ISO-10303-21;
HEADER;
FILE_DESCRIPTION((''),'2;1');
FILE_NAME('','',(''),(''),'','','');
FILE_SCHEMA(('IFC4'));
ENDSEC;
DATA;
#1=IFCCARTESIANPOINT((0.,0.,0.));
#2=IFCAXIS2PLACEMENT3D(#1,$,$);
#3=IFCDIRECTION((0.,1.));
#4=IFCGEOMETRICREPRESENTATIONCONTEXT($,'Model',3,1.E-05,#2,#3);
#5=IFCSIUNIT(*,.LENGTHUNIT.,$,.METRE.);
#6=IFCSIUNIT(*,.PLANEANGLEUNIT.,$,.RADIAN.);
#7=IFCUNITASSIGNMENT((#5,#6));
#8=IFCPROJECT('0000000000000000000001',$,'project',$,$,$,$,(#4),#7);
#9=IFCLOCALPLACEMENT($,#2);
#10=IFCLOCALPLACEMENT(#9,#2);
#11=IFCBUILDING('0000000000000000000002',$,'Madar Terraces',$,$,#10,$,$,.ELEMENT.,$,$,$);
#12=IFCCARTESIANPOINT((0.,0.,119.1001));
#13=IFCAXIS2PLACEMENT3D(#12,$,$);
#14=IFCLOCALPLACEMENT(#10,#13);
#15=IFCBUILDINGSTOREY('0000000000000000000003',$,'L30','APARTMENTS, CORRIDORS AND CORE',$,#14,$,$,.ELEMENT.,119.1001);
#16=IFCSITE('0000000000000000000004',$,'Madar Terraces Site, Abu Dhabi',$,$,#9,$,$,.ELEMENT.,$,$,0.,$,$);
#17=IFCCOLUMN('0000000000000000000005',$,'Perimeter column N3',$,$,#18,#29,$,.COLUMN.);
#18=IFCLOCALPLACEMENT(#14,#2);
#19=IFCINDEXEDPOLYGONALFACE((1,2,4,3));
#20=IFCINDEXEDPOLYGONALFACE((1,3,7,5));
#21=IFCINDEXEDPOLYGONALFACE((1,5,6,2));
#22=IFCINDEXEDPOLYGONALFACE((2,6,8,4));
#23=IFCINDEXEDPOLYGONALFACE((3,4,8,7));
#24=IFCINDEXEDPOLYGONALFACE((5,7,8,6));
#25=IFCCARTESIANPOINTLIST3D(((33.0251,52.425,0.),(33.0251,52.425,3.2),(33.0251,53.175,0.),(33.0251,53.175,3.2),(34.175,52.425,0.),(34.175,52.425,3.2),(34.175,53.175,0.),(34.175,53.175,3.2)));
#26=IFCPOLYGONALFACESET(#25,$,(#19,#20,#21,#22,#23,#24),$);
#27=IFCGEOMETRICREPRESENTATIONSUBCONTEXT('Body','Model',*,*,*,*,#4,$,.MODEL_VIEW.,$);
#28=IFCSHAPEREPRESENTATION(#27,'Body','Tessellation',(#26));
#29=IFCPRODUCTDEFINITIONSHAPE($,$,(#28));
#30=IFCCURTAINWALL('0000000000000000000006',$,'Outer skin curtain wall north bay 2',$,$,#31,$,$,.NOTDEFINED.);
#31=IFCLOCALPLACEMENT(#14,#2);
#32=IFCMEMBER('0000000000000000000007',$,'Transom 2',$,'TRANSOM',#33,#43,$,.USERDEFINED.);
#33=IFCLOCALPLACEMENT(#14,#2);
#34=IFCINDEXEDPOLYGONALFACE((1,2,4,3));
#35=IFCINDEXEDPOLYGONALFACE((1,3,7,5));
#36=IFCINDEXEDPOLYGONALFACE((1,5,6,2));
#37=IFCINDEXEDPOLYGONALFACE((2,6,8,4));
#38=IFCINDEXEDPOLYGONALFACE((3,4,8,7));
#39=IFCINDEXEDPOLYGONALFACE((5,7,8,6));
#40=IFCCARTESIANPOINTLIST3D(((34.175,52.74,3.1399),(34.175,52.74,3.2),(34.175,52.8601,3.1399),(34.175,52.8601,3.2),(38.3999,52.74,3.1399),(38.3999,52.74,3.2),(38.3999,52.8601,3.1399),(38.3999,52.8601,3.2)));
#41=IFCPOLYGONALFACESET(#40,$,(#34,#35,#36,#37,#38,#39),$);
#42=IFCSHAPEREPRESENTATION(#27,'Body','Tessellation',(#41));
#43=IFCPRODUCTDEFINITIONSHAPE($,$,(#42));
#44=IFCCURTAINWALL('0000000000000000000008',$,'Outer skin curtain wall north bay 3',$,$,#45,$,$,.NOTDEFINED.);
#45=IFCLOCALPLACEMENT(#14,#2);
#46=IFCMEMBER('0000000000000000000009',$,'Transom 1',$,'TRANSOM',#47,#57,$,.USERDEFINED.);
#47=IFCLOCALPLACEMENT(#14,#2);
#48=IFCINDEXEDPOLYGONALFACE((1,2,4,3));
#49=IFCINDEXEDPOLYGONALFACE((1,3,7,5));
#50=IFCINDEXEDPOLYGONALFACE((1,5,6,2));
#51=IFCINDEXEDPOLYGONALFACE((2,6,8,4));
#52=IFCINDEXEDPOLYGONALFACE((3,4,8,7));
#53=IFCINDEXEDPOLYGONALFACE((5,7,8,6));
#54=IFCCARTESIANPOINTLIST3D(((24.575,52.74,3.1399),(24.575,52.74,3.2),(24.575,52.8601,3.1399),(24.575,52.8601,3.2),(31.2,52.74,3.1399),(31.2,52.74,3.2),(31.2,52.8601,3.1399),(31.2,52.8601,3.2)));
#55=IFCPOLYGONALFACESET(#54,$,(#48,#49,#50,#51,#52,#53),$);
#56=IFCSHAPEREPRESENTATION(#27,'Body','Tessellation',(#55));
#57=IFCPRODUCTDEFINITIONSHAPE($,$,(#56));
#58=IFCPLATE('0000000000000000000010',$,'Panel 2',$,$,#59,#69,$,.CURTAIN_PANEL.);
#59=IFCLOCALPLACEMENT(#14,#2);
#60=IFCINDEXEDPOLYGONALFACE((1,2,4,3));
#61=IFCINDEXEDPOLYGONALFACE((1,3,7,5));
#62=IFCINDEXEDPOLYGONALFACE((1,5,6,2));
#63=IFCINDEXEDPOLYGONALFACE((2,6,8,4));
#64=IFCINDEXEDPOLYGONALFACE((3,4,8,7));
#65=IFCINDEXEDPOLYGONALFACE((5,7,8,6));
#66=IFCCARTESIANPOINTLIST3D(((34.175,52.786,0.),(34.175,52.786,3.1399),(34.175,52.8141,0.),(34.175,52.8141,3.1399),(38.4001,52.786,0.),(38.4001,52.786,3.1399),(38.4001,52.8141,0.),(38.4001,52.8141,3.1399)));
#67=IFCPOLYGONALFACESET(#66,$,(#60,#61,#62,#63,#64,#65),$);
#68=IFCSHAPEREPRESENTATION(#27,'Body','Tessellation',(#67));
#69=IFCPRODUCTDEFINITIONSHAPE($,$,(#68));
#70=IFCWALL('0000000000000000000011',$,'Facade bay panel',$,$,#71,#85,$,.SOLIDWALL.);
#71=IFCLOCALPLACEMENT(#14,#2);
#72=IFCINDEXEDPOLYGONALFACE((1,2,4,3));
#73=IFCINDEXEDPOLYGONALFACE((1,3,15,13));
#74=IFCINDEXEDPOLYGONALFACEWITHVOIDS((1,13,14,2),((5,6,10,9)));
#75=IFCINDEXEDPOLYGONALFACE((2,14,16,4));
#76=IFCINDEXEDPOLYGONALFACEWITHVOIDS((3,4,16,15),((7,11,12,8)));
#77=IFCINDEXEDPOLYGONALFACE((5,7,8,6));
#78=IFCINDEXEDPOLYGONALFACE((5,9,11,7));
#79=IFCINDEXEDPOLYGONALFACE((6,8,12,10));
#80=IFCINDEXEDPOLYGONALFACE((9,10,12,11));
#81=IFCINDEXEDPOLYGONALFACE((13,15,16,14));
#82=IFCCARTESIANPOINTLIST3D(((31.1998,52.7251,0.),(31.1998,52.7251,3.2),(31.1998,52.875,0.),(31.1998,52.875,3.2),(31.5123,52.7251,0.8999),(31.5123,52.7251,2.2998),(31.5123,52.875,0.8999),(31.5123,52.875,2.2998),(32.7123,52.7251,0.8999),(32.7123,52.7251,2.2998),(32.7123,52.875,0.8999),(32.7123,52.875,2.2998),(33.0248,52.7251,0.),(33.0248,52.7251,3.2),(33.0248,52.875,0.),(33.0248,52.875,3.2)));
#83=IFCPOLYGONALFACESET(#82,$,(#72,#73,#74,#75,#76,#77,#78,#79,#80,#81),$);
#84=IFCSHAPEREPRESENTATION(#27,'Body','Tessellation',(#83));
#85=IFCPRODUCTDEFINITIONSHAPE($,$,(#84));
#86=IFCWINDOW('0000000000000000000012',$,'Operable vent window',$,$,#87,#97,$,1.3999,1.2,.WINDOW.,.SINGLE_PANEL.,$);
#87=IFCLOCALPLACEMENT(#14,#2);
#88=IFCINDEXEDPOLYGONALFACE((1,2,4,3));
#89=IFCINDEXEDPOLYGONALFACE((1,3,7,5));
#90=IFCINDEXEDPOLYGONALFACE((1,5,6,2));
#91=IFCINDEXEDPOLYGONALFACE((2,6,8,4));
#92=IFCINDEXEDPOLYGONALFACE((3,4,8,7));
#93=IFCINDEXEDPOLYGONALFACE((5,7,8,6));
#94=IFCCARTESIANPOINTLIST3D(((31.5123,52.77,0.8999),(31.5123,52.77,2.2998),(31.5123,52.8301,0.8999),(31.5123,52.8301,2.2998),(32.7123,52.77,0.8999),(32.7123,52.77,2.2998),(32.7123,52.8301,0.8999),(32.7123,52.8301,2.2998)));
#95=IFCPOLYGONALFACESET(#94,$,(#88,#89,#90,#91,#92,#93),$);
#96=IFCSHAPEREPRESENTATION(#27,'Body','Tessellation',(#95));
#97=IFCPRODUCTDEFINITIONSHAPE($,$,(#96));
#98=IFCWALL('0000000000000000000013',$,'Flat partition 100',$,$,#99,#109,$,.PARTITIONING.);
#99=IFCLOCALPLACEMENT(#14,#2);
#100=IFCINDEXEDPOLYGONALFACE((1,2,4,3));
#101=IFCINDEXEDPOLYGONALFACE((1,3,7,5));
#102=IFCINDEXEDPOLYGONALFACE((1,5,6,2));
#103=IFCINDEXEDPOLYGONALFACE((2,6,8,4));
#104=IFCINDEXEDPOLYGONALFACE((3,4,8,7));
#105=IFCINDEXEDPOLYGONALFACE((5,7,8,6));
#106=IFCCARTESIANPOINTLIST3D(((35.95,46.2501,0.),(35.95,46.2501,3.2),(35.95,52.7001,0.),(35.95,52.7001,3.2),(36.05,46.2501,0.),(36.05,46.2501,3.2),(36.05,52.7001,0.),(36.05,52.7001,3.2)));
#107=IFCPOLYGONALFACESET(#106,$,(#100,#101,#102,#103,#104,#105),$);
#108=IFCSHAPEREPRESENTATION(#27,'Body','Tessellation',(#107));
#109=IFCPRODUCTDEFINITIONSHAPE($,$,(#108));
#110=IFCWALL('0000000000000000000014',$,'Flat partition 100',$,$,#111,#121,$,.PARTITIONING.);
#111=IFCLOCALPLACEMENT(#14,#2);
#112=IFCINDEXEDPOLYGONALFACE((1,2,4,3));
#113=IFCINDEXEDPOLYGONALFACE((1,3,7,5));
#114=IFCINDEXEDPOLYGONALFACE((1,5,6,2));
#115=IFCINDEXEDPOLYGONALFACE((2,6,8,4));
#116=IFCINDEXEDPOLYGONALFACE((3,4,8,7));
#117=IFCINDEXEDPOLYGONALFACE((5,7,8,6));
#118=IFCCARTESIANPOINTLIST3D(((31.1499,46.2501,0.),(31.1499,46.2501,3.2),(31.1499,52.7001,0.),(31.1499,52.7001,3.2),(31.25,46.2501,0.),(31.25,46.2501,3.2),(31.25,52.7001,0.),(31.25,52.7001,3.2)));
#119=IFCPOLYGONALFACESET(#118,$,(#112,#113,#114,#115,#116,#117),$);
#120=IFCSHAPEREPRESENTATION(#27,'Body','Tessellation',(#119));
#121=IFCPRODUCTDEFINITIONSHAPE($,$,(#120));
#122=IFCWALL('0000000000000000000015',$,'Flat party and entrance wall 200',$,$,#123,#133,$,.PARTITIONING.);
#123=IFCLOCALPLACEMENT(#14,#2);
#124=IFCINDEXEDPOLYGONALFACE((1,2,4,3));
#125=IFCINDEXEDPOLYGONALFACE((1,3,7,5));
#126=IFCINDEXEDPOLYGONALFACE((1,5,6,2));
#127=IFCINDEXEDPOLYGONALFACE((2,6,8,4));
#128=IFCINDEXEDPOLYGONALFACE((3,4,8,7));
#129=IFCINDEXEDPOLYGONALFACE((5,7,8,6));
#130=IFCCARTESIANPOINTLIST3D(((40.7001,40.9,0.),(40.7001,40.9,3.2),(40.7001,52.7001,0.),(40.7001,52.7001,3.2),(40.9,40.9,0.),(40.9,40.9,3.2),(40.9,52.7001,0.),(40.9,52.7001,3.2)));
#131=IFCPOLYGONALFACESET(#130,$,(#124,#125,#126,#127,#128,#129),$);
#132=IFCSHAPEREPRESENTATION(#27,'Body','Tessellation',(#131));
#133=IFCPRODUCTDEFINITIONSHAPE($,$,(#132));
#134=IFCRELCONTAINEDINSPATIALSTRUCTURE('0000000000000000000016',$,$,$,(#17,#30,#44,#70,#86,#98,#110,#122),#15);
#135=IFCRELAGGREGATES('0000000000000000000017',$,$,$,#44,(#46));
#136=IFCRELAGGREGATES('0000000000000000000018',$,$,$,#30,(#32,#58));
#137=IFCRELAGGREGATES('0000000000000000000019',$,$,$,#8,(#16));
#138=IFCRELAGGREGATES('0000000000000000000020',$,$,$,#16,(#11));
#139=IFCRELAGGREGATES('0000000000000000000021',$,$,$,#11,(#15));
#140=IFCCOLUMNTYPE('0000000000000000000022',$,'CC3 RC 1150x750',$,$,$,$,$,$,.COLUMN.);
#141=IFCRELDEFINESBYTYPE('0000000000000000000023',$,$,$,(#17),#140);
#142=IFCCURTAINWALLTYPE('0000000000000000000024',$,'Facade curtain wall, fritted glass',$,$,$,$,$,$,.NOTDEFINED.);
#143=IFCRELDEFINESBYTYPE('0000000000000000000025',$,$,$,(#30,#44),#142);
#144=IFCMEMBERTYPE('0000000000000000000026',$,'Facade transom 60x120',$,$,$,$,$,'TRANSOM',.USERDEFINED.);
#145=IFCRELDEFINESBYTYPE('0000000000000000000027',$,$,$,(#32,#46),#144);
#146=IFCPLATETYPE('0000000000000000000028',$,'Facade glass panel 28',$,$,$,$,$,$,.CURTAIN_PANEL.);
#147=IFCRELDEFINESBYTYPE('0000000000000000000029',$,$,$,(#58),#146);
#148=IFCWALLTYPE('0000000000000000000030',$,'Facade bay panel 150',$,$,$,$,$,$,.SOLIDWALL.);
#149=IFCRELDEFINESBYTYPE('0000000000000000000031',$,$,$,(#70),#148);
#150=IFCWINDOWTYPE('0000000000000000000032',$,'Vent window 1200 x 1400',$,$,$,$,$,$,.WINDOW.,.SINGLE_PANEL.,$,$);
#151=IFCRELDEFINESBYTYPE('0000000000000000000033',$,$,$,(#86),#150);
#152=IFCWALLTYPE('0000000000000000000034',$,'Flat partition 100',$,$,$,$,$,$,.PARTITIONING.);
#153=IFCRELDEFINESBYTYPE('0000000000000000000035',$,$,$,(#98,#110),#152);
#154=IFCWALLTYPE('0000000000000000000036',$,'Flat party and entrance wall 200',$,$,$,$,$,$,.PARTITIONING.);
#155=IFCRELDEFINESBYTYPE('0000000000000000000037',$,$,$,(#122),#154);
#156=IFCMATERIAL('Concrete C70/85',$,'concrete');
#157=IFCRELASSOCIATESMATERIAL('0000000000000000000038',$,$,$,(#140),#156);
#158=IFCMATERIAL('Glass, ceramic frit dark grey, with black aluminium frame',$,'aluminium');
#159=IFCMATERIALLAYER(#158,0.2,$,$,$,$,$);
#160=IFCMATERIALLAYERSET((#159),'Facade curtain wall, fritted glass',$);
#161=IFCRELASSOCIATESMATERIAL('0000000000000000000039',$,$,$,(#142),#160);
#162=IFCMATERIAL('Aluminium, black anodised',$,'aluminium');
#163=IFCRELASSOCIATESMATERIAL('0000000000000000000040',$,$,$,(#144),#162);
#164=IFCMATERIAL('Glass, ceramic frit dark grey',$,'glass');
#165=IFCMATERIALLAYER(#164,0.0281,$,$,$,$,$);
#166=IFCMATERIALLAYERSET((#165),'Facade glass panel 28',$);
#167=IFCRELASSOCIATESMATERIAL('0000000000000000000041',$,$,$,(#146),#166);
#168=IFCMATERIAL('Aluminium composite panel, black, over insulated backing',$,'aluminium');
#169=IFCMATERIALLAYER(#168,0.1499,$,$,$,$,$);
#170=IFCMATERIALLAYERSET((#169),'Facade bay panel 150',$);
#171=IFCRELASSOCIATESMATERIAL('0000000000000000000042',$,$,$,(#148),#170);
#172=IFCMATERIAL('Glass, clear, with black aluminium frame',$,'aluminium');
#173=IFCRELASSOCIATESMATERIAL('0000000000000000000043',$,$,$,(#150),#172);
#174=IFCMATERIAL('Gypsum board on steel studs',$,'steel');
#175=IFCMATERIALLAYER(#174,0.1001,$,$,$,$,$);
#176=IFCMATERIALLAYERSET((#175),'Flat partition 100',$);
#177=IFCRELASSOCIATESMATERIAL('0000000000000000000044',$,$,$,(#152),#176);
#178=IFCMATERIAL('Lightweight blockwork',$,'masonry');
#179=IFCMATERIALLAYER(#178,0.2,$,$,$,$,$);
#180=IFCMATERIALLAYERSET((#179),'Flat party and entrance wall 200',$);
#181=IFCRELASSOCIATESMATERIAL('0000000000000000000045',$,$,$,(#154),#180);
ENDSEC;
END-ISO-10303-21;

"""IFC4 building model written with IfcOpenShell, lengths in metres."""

from ifc_helpers import new_model, si_unit, direction, frame, frame_2d, origin, origin_2d, place, context, subcontext, project, spatial, rectangle, extrude, material, layer, layer_set, material_profile, profile_set, type_object, element, fill, aggregate, save


model = new_model("IFC4")

# Units and contexts
model_context = context("Model", 3, precision=1e-05, world=origin(), true_north=direction((0.0, 1.0)))
body_context = subcontext(model_context, "Body", "Model", "MODEL_VIEW")
ifc_project = project(units=[si_unit("LENGTHUNIT", "METRE"), si_unit("PLANEANGLEUNIT", "RADIAN")], contexts=[model_context])

# Site, building, storey
site_placement = place(None, origin())
site = spatial("IfcSite", under=ifc_project, at=site_placement, Name="Madar Terraces Site, Abu Dhabi", CompositionType="ELEMENT", RefElevation=0.0)
building_placement = place(site_placement, origin())
building = spatial("IfcBuilding", under=site, at=building_placement, Name="Madar Terraces", CompositionType="ELEMENT")
storey_placement = place(building_placement, frame((0.0, 0.0, 119.1001)))
storey = spatial("IfcBuildingStorey", under=building, at=storey_placement, Name="L30", Description="APARTMENTS, CORRIDORS AND CORE", CompositionType="ELEMENT", Elevation=119.1001)

# Column
ifc_material_1 = material(Name="Concrete C70/85", Category="concrete")
ifc_material_profile_1 = material_profile(ifc_material_1, rectangle(XDim=1.1499, YDim=0.75, at=origin_2d()), Name="CC3 RC 1150x750")
ifc_profile_set_1 = profile_set([ifc_material_profile_1], Name="Concrete C70/85")
column_type = type_object("IfcColumnType", Name="CC3 RC 1150x750", PredefinedType="COLUMN", material=ifc_profile_set_1)
column_placement = place(storey_placement, frame((33.6001, 52.8, 0.0), z_axis=(0.0, 0.0, 1.0), x_axis=(1.0, 0.0, 0.0)))
element("IfcColumn", 1, at=column_placement, inside=storey, type_object=column_type, Name="Perimeter column N3", PredefinedType="COLUMN", context=body_context, shape_type="SweptSolid", body=[
    extrude(rectangle(XDim=1.1499, YDim=0.75, at=origin_2d()), origin(), (0.0, 0.0, 1.0), 3.2),
])

# Curtain walls, members
ifc_material_2 = material(Name="Glass, ceramic frit dark grey, with black aluminium frame", Category="aluminium")
ifc_layer_1 = layer(ifc_material_2, 0.2)
ifc_layer_set_1 = layer_set([ifc_layer_1], Name="Facade curtain wall, fritted glass")
curtain_wall_type = type_object("IfcCurtainWallType", Name="Facade curtain wall, fritted glass", PredefinedType="NOTDEFINED", material=ifc_layer_set_1)
curtain_wall_1_placement = place(storey_placement, origin())
curtain_wall_1 = element("IfcCurtainWall", 2, at=curtain_wall_1_placement, inside=storey, type_object=curtain_wall_type, Name="Outer skin curtain wall north bay 2", PredefinedType="NOTDEFINED")
ifc_material_3 = material(Name="Aluminium, black anodised", Category="aluminium")
ifc_material_profile_2 = material_profile(ifc_material_3, rectangle(XDim=0.1201, YDim=0.0601, at=origin_2d()), Name="Facade transom 60x120")
ifc_profile_set_2 = profile_set([ifc_material_profile_2], Name="Aluminium, black anodised")
member_type = type_object("IfcMemberType", Name="Facade transom 60x120", ElementType="TRANSOM", PredefinedType="USERDEFINED", material=ifc_profile_set_2)
member_1_placement = place(storey_placement, frame((38.3999, 52.8, 3.1699), z_axis=(-1.0, 0.0, 0.0), x_axis=(0.0, -1.0, 0.0)))
member_1 = element("IfcMember", 3, at=member_1_placement, type_object=member_type, Name="Transom 2", ObjectType="TRANSOM", PredefinedType="USERDEFINED", context=body_context, shape_type="SweptSolid", body=[
    extrude(rectangle(XDim=0.1201, YDim=0.0601, at=origin_2d()), origin(), (0.0, 0.0, 1.0), 4.2249),
])
curtain_wall_2_placement = place(storey_placement, origin())
curtain_wall_2 = element("IfcCurtainWall", 4, at=curtain_wall_2_placement, inside=storey, type_object=curtain_wall_type, Name="Outer skin curtain wall north bay 3", PredefinedType="NOTDEFINED")
member_2_placement = place(storey_placement, frame((31.2, 52.8, 3.1699), z_axis=(-1.0, 0.0, 0.0), x_axis=(0.0, -1.0, 0.0)))
member_2 = element("IfcMember", 5, at=member_2_placement, type_object=member_type, Name="Transom 1", ObjectType="TRANSOM", PredefinedType="USERDEFINED", context=body_context, shape_type="SweptSolid", body=[
    extrude(rectangle(XDim=0.1201, YDim=0.0601, at=origin_2d()), origin(), (0.0, 0.0, 1.0), 6.625),
])
aggregate(curtain_wall_2, [member_2])

# Plate
ifc_material_4 = material(Name="Glass, ceramic frit dark grey", Category="glass")
ifc_layer_2 = layer(ifc_material_4, 0.0281)
ifc_layer_set_2 = layer_set([ifc_layer_2], Name="Facade glass panel 28")
plate_type = type_object("IfcPlateType", Name="Facade glass panel 28", PredefinedType="CURTAIN_PANEL", material=ifc_layer_set_2)
plate_placement = place(storey_placement, frame((36.2876, 52.8, 0.0), z_axis=(0.0, 0.0, 1.0), x_axis=(-1.0, 0.0, 0.0)))
plate = element("IfcPlate", 6, at=plate_placement, type_object=plate_type, Name="Panel 2", PredefinedType="CURTAIN_PANEL", context=body_context, shape_type="SweptSolid", body=[
    extrude(rectangle(XDim=4.2251, YDim=0.0281, at=origin_2d()), origin(), (0.0, 0.0, 1.0), 3.1399),
])
aggregate(curtain_wall_1, [member_1, plate])

# Wall, opening, window
ifc_material_5 = material(Name="Aluminium composite panel, black, over insulated backing", Category="aluminium")
ifc_layer_3 = layer(ifc_material_5, 0.1499)
ifc_layer_set_3 = layer_set([ifc_layer_3], Name="Facade bay panel 150")
wall_type_1 = type_object("IfcWallType", Name="Facade bay panel 150", PredefinedType="SOLIDWALL", material=ifc_layer_set_3)
wall_1_placement = place(storey_placement, frame((33.0249, 52.8, 0.0), z_axis=(0.0, 0.0, 1.0), x_axis=(-1.0, 0.0, 0.0)))
wall_1 = element("IfcWall", 7, at=wall_1_placement, inside=storey, type_object=wall_type_1, Name="Facade bay panel", PredefinedType="SOLIDWALL", context=body_context, shape_type="SweptSolid", body=[
    extrude(rectangle(XDim=1.825, YDim=0.1499, at=frame_2d((0.9126, 0.0))), origin(), (0.0, 0.0, 1.0), 3.2),
])
opening_1_placement = place(wall_1_placement, frame((0.3125, 0.0, 0.8999)))
opening_1 = element("IfcOpeningElement", 8, at=opening_1_placement, cuts=wall_1, PredefinedType="OPENING", context=body_context, shape_type="SweptSolid", body=[
    extrude(rectangle(XDim=1.2, YDim=1.3999, at=frame_2d((0.6001, 0.7))), frame((0.0, 0.085, 0.0), z_axis=(0.0, -1.0, 0.0), x_axis=(1.0, 0.0, 0.0)), (0.0, 0.0, 1.0), 0.1699),
])
ifc_material_6 = material(Name="Glass, clear, with black aluminium frame", Category="aluminium")
window_type = type_object("IfcWindowType", Name="Vent window 1200 x 1400", PartitioningType="SINGLE_PANEL", PredefinedType="WINDOW", material=ifc_material_6)
window_placement = place(opening_1_placement, origin())
window = element("IfcWindow", 9, at=window_placement, inside=storey, type_object=window_type, Name="Operable vent window", OverallHeight=1.3999, OverallWidth=1.2, PartitioningType="SINGLE_PANEL", PredefinedType="WINDOW", context=body_context, shape_type="SweptSolid", body=[
    extrude(rectangle(XDim=1.2, YDim=1.3999, at=frame_2d((0.6001, 0.7))), frame((0.0, 0.03, 0.0), z_axis=(0.0, -1.0, 0.0), x_axis=(1.0, 0.0, 0.0)), (0.0, 0.0, 1.0), 0.0601),
])
fill(opening_1, window)

# Walls
ifc_material_7 = material(Name="Gypsum board on steel studs", Category="steel")
ifc_layer_4 = layer(ifc_material_7, 0.1001)
ifc_layer_set_4 = layer_set([ifc_layer_4], Name="Flat partition 100")
wall_type_2 = type_object("IfcWallType", Name="Flat partition 100", PredefinedType="PARTITIONING", material=ifc_layer_set_4)
for number, where, z_axis, x_axis, name in (
    (10, (36.0, 46.25, 0.0), (0.0, 0.0, 1.0), (0.0, 1.0, 0.0), "Flat partition 100"),
    (11, (31.2, 46.25, 0.0), (0.0, 0.0, 1.0), (0.0, 1.0, 0.0), "Flat partition 100"),
):
    element("IfcWall", number, at=place(storey_placement, frame(where, z_axis=z_axis, x_axis=x_axis)), inside=storey, type_object=wall_type_2, Name=name, PredefinedType="PARTITIONING", context=body_context, shape_type="SweptSolid", body=[
        extrude(rectangle(XDim=6.45, YDim=0.1001, at=frame_2d((3.2251, 0.0))), origin(), (0.0, 0.0, 1.0), 3.2),
    ])
ifc_material_8 = material(Name="Lightweight blockwork", Category="masonry")
ifc_layer_5 = layer(ifc_material_8, 0.2)
ifc_layer_set_5 = layer_set([ifc_layer_5], Name="Flat party and entrance wall 200")
wall_type_3 = type_object("IfcWallType", Name="Flat party and entrance wall 200", PredefinedType="PARTITIONING", material=ifc_layer_set_5)
wall_2_placement = place(storey_placement, frame((40.8, 52.7, 0.0), z_axis=(0.0, 0.0, 1.0), x_axis=(0.0, -1.0, 0.0)))
element("IfcWall", 12, at=wall_2_placement, inside=storey, type_object=wall_type_3, Name="Flat party and entrance wall 200", PredefinedType="PARTITIONING", context=body_context, shape_type="SweptSolid", body=[
    extrude(rectangle(XDim=11.8, YDim=0.2, at=frame_2d((5.8999, 0.0))), origin(), (0.0, 0.0, 1.0), 3.2),
])

save(model, "model.ifc")
